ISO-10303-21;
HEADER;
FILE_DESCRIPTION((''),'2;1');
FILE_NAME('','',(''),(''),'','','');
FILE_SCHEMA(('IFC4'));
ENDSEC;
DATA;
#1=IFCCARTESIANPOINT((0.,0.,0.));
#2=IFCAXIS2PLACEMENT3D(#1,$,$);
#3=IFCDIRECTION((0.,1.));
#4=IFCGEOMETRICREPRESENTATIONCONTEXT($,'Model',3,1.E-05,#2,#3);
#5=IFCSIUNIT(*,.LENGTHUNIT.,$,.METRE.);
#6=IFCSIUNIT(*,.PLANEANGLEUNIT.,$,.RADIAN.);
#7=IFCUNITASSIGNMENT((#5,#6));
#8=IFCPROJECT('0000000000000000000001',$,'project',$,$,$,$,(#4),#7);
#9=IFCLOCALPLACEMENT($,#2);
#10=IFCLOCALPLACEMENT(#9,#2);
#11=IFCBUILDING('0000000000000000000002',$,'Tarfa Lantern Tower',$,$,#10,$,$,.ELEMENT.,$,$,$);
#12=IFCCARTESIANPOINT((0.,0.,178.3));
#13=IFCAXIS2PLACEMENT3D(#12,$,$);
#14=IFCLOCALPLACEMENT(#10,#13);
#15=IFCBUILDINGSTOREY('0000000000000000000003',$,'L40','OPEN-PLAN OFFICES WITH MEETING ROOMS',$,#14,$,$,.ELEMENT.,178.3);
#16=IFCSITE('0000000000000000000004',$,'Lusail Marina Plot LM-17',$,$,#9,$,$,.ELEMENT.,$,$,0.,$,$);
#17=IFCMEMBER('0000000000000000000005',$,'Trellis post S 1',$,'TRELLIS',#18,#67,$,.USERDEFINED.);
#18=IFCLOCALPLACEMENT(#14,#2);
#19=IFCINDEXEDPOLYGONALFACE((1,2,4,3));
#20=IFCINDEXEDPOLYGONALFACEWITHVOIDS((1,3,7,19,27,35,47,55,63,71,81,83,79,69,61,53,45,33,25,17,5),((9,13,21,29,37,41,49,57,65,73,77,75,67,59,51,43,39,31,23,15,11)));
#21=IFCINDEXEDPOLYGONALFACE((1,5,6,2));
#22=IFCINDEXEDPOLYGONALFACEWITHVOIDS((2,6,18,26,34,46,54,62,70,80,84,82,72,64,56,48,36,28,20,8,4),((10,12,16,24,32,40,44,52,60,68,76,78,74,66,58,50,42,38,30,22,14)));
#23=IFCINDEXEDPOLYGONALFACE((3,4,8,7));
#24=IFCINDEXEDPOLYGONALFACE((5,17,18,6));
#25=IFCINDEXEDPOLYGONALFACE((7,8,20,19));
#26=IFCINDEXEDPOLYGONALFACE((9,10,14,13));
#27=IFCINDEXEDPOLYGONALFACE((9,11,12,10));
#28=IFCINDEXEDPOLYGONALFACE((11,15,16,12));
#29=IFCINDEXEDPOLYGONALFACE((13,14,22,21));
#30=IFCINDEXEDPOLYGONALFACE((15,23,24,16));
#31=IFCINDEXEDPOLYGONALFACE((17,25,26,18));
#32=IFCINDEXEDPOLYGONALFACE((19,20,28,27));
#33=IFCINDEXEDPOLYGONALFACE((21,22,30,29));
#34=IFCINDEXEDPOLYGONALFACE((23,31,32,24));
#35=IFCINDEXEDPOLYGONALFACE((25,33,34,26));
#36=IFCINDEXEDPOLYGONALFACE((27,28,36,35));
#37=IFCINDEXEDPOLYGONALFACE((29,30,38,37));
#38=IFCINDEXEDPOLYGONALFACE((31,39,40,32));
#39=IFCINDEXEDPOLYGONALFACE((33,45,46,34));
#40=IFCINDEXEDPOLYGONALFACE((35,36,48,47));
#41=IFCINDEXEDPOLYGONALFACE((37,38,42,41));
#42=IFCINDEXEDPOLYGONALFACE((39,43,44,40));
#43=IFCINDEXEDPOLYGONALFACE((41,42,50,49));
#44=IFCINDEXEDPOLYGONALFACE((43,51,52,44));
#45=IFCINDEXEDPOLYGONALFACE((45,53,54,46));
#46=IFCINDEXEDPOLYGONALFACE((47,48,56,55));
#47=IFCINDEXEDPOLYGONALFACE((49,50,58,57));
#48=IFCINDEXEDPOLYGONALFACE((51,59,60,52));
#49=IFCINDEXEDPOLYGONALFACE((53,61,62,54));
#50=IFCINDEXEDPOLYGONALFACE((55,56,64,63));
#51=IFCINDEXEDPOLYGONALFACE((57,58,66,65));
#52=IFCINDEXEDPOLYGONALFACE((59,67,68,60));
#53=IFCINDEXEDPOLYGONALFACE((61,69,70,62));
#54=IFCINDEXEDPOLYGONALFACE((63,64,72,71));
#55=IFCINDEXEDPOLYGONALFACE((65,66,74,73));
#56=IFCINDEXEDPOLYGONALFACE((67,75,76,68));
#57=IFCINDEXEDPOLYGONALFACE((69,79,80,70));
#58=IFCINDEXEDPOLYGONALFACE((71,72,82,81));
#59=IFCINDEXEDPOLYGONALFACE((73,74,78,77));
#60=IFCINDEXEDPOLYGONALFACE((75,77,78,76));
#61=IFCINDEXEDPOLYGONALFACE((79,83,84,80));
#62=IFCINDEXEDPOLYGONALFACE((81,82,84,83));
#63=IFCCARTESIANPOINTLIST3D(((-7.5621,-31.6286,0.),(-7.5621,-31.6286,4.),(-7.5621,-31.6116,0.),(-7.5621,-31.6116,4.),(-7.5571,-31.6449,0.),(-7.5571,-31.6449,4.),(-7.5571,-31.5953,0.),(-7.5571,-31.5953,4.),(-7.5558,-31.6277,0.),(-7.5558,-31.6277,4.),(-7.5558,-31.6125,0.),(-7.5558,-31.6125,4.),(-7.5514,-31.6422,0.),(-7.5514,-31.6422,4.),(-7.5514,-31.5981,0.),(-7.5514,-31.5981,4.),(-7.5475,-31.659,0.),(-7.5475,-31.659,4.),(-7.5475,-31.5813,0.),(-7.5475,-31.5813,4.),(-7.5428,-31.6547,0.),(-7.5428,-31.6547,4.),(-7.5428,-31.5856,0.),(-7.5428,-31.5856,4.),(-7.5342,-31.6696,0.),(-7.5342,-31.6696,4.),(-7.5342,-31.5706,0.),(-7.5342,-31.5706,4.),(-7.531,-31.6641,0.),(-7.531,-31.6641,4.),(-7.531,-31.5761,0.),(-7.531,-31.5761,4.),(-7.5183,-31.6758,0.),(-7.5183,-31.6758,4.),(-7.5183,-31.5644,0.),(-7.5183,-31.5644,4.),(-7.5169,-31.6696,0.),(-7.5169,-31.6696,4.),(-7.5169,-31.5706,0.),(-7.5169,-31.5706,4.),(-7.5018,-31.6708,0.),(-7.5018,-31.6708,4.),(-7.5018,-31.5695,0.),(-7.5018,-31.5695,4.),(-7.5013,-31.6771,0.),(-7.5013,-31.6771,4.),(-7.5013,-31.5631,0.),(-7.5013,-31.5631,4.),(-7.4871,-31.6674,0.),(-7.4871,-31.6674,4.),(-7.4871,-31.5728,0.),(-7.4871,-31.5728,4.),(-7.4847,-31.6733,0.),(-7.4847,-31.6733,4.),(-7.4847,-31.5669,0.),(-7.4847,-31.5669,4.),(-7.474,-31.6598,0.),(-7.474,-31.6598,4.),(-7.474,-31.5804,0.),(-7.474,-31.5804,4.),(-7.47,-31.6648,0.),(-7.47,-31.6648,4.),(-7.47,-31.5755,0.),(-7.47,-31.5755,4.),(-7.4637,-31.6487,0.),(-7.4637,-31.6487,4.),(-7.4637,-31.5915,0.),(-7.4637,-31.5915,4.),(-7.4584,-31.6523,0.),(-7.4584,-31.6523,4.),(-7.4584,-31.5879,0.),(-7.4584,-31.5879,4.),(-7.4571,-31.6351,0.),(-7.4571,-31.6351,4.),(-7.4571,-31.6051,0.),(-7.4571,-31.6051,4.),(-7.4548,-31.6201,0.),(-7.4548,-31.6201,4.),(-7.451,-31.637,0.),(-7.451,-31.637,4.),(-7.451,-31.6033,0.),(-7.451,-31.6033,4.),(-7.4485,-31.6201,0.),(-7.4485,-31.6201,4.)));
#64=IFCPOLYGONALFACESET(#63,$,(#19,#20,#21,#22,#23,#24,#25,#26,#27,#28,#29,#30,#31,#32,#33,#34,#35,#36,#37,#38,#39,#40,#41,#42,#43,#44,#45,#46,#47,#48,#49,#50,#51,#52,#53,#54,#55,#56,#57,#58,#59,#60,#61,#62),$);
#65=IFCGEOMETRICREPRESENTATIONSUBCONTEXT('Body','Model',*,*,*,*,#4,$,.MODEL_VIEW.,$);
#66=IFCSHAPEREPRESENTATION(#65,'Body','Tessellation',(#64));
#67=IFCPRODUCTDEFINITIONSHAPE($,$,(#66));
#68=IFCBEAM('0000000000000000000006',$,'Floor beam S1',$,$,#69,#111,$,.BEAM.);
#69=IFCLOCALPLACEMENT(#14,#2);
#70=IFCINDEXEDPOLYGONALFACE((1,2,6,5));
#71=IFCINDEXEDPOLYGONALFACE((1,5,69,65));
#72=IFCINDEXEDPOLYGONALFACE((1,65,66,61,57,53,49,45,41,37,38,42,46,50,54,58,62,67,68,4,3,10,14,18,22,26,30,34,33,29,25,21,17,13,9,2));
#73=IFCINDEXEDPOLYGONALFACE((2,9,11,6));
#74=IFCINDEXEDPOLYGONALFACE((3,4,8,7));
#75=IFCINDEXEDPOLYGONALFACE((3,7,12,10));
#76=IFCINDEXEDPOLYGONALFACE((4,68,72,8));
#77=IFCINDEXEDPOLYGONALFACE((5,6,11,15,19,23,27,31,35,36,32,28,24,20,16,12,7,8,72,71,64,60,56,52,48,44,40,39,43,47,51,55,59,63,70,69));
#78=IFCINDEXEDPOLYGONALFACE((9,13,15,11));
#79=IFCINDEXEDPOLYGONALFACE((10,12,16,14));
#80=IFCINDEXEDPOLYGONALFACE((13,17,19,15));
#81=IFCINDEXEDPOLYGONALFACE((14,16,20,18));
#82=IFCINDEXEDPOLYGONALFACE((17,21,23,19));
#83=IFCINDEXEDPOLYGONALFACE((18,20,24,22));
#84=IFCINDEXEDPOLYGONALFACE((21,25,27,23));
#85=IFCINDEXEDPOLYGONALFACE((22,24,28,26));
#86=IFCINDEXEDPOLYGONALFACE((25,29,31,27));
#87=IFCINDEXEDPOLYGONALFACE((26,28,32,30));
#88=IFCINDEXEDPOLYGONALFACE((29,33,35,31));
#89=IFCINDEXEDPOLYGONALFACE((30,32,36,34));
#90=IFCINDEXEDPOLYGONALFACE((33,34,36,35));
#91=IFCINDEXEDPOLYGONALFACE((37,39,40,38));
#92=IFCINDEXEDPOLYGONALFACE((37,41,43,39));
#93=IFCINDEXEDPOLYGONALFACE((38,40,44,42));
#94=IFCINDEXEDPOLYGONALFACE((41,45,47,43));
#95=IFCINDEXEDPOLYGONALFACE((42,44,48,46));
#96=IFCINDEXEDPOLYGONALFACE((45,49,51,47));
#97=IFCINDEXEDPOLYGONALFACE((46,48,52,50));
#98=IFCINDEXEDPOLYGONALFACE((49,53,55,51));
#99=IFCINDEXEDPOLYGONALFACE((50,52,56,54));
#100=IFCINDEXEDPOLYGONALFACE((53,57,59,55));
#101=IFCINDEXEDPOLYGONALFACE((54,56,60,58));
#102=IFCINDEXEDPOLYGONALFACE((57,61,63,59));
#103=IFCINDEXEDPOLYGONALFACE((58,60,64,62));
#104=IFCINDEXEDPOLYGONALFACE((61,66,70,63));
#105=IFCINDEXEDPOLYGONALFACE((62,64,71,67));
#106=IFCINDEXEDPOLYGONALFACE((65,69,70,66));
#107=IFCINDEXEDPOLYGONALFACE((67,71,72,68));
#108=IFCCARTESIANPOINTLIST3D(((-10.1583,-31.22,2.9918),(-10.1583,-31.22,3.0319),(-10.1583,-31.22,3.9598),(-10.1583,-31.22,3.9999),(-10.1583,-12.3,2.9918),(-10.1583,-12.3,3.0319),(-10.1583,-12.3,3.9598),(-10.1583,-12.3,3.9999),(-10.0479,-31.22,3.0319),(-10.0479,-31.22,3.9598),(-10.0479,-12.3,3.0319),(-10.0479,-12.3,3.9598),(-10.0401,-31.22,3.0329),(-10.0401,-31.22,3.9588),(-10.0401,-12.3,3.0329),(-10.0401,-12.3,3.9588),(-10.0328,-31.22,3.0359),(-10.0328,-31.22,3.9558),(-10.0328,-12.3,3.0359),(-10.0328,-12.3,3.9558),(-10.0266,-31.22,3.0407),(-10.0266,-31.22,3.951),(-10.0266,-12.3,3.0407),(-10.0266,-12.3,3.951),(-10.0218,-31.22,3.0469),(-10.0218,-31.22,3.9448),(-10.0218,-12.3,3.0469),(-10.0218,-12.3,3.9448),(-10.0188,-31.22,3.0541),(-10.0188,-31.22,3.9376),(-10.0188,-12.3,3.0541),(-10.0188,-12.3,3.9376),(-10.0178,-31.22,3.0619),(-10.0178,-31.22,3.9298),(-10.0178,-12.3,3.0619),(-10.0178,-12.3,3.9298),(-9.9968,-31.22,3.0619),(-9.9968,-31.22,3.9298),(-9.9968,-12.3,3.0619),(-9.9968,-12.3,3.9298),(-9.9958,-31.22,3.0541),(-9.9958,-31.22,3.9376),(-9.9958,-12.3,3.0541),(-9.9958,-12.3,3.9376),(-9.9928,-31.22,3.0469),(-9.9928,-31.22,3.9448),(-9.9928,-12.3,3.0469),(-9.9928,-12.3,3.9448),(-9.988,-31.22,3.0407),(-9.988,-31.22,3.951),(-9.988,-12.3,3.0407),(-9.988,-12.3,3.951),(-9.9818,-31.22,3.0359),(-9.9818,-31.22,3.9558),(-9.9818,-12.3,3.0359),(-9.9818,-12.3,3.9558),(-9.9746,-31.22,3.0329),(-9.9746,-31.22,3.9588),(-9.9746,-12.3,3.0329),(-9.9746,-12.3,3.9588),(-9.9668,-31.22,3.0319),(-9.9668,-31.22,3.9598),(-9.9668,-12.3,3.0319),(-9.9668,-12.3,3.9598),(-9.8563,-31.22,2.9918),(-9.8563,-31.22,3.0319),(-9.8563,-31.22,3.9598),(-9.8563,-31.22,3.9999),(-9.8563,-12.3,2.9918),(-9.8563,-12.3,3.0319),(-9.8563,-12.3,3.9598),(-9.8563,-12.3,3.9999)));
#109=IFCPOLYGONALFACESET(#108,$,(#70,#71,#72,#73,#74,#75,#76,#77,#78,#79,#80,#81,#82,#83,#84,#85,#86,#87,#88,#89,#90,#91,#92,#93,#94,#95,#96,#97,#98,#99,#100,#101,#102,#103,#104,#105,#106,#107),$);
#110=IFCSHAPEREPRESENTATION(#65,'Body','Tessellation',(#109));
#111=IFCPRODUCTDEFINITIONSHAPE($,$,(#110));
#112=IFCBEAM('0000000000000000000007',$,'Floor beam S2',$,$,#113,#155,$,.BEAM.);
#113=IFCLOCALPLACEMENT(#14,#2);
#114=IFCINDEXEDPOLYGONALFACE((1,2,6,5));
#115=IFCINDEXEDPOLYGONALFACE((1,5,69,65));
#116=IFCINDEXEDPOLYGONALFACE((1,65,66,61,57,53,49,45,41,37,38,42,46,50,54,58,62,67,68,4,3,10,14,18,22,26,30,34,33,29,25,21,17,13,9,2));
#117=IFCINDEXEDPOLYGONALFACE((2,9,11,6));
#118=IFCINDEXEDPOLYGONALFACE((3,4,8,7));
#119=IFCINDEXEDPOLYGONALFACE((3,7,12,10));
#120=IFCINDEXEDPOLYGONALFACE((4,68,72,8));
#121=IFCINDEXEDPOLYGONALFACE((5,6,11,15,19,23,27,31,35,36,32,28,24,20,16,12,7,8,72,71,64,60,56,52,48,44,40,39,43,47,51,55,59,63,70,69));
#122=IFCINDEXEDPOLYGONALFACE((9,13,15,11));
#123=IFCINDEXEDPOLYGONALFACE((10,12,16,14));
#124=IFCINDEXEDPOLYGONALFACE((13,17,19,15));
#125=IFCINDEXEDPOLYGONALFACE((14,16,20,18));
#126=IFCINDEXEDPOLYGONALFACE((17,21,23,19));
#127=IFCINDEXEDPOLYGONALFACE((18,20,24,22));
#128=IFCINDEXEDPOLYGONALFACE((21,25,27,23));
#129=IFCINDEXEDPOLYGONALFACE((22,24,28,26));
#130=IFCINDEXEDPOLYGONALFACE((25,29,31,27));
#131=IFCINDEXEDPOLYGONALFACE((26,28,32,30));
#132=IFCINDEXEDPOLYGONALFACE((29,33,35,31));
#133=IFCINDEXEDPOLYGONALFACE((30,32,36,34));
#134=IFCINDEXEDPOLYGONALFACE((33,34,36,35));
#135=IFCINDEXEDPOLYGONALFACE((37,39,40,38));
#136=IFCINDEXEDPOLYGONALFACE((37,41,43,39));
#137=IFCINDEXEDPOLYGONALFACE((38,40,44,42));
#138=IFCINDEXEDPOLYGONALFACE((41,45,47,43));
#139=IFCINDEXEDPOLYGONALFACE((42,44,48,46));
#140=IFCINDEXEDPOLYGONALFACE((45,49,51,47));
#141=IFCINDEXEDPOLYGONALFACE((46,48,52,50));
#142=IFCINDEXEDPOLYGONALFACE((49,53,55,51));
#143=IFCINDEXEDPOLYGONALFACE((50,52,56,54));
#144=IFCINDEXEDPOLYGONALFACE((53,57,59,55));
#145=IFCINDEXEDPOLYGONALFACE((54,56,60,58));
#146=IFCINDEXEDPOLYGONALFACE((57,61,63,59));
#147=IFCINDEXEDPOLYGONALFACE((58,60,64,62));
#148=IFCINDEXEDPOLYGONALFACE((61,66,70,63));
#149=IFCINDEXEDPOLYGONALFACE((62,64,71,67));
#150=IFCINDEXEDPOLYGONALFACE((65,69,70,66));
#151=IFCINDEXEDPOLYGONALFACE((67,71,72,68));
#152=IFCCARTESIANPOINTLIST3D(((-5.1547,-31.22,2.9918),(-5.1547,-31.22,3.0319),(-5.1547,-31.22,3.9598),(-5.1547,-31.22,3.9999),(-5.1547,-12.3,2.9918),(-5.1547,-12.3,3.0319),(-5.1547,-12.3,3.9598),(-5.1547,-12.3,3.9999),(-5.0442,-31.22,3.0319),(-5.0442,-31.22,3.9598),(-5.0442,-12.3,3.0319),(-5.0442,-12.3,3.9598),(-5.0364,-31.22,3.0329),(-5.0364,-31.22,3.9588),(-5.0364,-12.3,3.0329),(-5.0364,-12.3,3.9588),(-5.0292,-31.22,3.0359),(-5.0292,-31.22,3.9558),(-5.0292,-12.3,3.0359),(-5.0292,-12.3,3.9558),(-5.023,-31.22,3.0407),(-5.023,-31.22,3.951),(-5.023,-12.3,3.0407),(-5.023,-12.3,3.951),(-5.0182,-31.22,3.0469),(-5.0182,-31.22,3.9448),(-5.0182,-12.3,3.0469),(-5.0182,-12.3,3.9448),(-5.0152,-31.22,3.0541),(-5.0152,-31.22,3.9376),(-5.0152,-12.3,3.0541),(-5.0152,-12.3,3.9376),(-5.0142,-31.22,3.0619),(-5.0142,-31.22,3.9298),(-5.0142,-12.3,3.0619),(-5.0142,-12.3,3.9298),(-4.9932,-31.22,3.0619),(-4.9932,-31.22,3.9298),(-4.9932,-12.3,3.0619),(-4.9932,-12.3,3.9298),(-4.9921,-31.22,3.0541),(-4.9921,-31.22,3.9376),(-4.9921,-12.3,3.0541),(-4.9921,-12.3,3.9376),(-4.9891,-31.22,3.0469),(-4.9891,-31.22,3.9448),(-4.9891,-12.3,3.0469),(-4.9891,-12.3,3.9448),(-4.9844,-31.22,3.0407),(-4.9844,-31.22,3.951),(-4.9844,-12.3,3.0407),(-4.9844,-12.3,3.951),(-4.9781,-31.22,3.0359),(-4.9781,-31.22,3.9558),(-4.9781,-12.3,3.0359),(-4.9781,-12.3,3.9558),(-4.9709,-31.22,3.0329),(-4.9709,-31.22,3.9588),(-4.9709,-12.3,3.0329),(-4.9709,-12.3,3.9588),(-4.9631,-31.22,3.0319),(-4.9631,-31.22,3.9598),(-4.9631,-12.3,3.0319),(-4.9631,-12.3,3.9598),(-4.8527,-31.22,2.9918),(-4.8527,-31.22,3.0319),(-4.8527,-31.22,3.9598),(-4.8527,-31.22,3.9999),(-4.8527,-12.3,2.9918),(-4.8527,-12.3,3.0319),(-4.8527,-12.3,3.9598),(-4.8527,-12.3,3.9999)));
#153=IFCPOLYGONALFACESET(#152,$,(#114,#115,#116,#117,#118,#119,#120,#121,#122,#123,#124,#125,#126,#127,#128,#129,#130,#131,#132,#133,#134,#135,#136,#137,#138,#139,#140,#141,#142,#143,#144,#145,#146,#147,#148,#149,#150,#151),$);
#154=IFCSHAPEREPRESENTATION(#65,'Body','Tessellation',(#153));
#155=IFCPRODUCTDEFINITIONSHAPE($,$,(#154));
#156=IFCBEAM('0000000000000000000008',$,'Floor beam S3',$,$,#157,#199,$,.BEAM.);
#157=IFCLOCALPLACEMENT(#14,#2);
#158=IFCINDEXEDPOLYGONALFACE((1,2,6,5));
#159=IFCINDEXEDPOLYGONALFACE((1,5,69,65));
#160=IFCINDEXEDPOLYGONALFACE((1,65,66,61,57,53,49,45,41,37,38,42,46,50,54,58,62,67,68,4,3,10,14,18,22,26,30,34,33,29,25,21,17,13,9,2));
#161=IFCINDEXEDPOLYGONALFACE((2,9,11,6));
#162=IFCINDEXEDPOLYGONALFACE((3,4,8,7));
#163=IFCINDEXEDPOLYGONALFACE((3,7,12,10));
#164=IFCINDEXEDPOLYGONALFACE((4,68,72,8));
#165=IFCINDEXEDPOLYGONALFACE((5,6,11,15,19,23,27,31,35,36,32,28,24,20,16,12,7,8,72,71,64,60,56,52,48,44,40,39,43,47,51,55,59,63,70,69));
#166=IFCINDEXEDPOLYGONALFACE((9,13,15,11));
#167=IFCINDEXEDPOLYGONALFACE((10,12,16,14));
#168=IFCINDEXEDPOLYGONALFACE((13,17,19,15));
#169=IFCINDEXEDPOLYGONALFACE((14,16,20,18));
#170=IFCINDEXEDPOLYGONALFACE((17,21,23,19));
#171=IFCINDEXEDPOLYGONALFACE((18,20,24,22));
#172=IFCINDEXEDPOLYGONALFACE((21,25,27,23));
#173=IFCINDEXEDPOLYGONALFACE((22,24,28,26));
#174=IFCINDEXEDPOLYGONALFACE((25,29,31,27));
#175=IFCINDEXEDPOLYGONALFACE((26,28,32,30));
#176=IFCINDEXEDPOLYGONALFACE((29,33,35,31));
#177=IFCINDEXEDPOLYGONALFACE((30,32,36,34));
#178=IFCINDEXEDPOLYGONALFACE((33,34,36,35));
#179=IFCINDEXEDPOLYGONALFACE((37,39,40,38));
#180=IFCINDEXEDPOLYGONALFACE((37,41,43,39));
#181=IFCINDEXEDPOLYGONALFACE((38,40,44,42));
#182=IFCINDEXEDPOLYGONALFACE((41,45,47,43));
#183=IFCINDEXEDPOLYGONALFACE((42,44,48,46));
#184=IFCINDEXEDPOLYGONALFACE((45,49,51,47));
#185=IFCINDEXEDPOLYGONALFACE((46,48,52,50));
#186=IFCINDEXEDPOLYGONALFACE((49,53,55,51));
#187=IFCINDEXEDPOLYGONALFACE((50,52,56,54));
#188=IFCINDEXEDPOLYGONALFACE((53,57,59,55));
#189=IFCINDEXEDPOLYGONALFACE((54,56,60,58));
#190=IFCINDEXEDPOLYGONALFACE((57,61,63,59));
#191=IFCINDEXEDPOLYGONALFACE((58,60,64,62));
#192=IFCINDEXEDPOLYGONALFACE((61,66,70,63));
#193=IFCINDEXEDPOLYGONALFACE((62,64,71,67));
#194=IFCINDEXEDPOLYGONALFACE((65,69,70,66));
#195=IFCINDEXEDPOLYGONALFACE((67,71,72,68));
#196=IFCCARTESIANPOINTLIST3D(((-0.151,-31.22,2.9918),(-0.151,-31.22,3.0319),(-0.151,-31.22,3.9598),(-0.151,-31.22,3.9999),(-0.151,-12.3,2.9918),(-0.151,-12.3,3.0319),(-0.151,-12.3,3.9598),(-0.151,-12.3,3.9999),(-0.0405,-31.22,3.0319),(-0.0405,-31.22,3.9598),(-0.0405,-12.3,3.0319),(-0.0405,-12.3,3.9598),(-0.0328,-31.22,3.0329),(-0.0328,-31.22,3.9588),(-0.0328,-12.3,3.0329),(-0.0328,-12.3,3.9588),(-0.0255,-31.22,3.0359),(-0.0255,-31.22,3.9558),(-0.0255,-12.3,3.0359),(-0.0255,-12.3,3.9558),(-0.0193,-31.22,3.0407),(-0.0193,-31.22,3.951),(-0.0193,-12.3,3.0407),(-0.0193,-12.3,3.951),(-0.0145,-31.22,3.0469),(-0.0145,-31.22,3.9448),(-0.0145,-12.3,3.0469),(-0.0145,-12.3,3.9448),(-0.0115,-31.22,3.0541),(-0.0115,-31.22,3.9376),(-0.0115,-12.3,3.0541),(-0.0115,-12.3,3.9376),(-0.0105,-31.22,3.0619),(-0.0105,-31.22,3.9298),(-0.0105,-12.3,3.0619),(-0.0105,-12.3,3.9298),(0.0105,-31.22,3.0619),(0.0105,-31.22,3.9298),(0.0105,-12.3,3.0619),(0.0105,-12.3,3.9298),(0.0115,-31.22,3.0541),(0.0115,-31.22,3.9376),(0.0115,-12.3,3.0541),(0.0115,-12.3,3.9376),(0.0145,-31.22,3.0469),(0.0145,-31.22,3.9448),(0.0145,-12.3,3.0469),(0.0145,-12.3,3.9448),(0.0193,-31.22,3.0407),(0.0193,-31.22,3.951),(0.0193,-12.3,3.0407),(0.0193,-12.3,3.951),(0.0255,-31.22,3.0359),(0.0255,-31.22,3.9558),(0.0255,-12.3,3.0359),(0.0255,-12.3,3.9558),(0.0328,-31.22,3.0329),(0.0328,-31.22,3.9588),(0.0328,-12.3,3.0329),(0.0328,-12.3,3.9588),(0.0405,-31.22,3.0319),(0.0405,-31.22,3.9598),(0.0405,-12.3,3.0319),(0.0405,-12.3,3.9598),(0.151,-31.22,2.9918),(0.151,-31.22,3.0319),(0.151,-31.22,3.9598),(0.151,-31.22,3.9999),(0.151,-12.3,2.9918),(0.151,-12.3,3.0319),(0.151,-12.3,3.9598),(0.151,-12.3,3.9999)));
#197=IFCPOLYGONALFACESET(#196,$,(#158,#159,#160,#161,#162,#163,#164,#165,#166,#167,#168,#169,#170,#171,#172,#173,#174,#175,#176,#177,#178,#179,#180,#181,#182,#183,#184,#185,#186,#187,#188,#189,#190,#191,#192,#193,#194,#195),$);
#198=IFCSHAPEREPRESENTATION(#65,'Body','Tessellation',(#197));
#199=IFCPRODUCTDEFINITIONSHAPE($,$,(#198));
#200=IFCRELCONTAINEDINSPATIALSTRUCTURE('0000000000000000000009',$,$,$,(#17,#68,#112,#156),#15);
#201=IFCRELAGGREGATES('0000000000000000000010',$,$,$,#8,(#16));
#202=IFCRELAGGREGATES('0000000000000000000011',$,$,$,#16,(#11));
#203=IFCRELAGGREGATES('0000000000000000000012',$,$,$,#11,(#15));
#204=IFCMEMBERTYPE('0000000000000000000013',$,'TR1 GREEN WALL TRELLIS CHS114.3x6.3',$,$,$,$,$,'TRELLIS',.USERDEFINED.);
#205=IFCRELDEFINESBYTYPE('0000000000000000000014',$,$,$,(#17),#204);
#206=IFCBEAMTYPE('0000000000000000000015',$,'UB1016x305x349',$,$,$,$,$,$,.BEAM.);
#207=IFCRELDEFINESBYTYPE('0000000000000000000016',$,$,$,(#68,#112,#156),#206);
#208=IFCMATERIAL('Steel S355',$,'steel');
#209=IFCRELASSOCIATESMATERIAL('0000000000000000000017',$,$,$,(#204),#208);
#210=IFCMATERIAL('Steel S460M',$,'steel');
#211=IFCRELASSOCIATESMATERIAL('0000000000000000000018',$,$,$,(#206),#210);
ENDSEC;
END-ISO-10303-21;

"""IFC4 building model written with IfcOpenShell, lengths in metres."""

from ifc_helpers import new_model, si_unit, direction, frame, origin, origin_2d, place, context, subcontext, project, spatial, hollow_circle, i_section, extrude, material, material_profile, profile_set, type_object, element, save


model = new_model("IFC4")

# Units and contexts
model_context = context("Model", 3, precision=1e-05, world=origin(), true_north=direction((0.0, 1.0)))
body_context = subcontext(model_context, "Body", "Model", "MODEL_VIEW")
ifc_project = project(units=[si_unit("LENGTHUNIT", "METRE"), si_unit("PLANEANGLEUNIT", "RADIAN")], contexts=[model_context])

# Site, building, storey
site_placement = place(None, origin())
site = spatial("IfcSite", under=ifc_project, at=site_placement, Name="Lusail Marina Plot LM-17", CompositionType="ELEMENT", RefElevation=0.0)
building_placement = place(site_placement, origin())
building = spatial("IfcBuilding", under=site, at=building_placement, Name="Tarfa Lantern Tower", CompositionType="ELEMENT")
storey_placement = place(building_placement, frame((0.0, 0.0, 178.3)))
storey = spatial("IfcBuildingStorey", under=building, at=storey_placement, Name="L40", Description="OPEN-PLAN OFFICES WITH MEETING ROOMS", CompositionType="ELEMENT", Elevation=178.3)

# Member
ifc_material_1 = material(Name="Steel S355", Category="steel")
ifc_material_profile_1 = material_profile(ifc_material_1, hollow_circle(Radius=0.0571, WallThickness=0.0063, at=origin_2d()), Name="CHS114.3x6.3")
ifc_profile_set_1 = profile_set([ifc_material_profile_1], Name="Steel S355")
member_type_1 = type_object("IfcMemberType", Name="TR1 GREEN WALL TRELLIS CHS114.3x6.3", ElementType="TRELLIS", PredefinedType="USERDEFINED", material=ifc_profile_set_1)
member_1_placement = place(storey_placement, frame((-7.5056, -31.6201, 0.0), z_axis=(0.0, 0.0, 1.0), x_axis=(1.0, 0.0, 0.0)))
element("IfcMember", 1, at=member_1_placement, inside=storey, type_object=member_type_1, Name="Trellis post S 1", ObjectType="TRELLIS", PredefinedType="USERDEFINED", context=body_context, shape_type="SweptSolid", body=[
    extrude(hollow_circle(Radius=0.0571, WallThickness=0.0063, at=origin_2d()), origin(), (0.0, 0.0, 1.0), 4.0),
])

# Beams
ifc_material_2 = material(Name="Steel S460M", Category="steel")
ifc_material_profile_2 = material_profile(ifc_material_2, i_section(OverallWidth=0.302, OverallDepth=1.0081, WebThickness=0.021, FlangeThickness=0.04, FilletRadius=0.03, at=origin_2d()), Name="UB1016x305x349")
ifc_profile_set_2 = profile_set([ifc_material_profile_2], Name="Steel S460M")
beam_type_1 = type_object("IfcBeamType", Name="UB1016x305x349", PredefinedType="BEAM", material=ifc_profile_set_2)
for number, where, z_axis, x_axis, name in (
    (2, (-10.0073, -31.22, 3.4958), (0.0, 1.0, 0.0), (-1.0, 0.0, 0.0), "Floor beam S1"),
    (3, (-5.0037, -31.22, 3.4958), (0.0, 1.0, 0.0), (-1.0, 0.0, 0.0), "Floor beam S2"),
    (4, (0.0, -31.22, 3.4958), (0.0, 1.0, 0.0), (-1.0, 0.0, 0.0), "Floor beam S3"),
):
    element("IfcBeam", number, at=place(storey_placement, frame(where, z_axis=z_axis, x_axis=x_axis)), inside=storey, type_object=beam_type_1, Name=name, PredefinedType="BEAM", context=body_context, shape_type="SweptSolid", body=[
        extrude(i_section(OverallWidth=0.302, OverallDepth=1.0081, WebThickness=0.021, FlangeThickness=0.04, FilletRadius=0.03, at=origin_2d()), origin(), (0.0, 0.0, 1.0), 18.9199),
    ])

save(model, "model.ifc")
